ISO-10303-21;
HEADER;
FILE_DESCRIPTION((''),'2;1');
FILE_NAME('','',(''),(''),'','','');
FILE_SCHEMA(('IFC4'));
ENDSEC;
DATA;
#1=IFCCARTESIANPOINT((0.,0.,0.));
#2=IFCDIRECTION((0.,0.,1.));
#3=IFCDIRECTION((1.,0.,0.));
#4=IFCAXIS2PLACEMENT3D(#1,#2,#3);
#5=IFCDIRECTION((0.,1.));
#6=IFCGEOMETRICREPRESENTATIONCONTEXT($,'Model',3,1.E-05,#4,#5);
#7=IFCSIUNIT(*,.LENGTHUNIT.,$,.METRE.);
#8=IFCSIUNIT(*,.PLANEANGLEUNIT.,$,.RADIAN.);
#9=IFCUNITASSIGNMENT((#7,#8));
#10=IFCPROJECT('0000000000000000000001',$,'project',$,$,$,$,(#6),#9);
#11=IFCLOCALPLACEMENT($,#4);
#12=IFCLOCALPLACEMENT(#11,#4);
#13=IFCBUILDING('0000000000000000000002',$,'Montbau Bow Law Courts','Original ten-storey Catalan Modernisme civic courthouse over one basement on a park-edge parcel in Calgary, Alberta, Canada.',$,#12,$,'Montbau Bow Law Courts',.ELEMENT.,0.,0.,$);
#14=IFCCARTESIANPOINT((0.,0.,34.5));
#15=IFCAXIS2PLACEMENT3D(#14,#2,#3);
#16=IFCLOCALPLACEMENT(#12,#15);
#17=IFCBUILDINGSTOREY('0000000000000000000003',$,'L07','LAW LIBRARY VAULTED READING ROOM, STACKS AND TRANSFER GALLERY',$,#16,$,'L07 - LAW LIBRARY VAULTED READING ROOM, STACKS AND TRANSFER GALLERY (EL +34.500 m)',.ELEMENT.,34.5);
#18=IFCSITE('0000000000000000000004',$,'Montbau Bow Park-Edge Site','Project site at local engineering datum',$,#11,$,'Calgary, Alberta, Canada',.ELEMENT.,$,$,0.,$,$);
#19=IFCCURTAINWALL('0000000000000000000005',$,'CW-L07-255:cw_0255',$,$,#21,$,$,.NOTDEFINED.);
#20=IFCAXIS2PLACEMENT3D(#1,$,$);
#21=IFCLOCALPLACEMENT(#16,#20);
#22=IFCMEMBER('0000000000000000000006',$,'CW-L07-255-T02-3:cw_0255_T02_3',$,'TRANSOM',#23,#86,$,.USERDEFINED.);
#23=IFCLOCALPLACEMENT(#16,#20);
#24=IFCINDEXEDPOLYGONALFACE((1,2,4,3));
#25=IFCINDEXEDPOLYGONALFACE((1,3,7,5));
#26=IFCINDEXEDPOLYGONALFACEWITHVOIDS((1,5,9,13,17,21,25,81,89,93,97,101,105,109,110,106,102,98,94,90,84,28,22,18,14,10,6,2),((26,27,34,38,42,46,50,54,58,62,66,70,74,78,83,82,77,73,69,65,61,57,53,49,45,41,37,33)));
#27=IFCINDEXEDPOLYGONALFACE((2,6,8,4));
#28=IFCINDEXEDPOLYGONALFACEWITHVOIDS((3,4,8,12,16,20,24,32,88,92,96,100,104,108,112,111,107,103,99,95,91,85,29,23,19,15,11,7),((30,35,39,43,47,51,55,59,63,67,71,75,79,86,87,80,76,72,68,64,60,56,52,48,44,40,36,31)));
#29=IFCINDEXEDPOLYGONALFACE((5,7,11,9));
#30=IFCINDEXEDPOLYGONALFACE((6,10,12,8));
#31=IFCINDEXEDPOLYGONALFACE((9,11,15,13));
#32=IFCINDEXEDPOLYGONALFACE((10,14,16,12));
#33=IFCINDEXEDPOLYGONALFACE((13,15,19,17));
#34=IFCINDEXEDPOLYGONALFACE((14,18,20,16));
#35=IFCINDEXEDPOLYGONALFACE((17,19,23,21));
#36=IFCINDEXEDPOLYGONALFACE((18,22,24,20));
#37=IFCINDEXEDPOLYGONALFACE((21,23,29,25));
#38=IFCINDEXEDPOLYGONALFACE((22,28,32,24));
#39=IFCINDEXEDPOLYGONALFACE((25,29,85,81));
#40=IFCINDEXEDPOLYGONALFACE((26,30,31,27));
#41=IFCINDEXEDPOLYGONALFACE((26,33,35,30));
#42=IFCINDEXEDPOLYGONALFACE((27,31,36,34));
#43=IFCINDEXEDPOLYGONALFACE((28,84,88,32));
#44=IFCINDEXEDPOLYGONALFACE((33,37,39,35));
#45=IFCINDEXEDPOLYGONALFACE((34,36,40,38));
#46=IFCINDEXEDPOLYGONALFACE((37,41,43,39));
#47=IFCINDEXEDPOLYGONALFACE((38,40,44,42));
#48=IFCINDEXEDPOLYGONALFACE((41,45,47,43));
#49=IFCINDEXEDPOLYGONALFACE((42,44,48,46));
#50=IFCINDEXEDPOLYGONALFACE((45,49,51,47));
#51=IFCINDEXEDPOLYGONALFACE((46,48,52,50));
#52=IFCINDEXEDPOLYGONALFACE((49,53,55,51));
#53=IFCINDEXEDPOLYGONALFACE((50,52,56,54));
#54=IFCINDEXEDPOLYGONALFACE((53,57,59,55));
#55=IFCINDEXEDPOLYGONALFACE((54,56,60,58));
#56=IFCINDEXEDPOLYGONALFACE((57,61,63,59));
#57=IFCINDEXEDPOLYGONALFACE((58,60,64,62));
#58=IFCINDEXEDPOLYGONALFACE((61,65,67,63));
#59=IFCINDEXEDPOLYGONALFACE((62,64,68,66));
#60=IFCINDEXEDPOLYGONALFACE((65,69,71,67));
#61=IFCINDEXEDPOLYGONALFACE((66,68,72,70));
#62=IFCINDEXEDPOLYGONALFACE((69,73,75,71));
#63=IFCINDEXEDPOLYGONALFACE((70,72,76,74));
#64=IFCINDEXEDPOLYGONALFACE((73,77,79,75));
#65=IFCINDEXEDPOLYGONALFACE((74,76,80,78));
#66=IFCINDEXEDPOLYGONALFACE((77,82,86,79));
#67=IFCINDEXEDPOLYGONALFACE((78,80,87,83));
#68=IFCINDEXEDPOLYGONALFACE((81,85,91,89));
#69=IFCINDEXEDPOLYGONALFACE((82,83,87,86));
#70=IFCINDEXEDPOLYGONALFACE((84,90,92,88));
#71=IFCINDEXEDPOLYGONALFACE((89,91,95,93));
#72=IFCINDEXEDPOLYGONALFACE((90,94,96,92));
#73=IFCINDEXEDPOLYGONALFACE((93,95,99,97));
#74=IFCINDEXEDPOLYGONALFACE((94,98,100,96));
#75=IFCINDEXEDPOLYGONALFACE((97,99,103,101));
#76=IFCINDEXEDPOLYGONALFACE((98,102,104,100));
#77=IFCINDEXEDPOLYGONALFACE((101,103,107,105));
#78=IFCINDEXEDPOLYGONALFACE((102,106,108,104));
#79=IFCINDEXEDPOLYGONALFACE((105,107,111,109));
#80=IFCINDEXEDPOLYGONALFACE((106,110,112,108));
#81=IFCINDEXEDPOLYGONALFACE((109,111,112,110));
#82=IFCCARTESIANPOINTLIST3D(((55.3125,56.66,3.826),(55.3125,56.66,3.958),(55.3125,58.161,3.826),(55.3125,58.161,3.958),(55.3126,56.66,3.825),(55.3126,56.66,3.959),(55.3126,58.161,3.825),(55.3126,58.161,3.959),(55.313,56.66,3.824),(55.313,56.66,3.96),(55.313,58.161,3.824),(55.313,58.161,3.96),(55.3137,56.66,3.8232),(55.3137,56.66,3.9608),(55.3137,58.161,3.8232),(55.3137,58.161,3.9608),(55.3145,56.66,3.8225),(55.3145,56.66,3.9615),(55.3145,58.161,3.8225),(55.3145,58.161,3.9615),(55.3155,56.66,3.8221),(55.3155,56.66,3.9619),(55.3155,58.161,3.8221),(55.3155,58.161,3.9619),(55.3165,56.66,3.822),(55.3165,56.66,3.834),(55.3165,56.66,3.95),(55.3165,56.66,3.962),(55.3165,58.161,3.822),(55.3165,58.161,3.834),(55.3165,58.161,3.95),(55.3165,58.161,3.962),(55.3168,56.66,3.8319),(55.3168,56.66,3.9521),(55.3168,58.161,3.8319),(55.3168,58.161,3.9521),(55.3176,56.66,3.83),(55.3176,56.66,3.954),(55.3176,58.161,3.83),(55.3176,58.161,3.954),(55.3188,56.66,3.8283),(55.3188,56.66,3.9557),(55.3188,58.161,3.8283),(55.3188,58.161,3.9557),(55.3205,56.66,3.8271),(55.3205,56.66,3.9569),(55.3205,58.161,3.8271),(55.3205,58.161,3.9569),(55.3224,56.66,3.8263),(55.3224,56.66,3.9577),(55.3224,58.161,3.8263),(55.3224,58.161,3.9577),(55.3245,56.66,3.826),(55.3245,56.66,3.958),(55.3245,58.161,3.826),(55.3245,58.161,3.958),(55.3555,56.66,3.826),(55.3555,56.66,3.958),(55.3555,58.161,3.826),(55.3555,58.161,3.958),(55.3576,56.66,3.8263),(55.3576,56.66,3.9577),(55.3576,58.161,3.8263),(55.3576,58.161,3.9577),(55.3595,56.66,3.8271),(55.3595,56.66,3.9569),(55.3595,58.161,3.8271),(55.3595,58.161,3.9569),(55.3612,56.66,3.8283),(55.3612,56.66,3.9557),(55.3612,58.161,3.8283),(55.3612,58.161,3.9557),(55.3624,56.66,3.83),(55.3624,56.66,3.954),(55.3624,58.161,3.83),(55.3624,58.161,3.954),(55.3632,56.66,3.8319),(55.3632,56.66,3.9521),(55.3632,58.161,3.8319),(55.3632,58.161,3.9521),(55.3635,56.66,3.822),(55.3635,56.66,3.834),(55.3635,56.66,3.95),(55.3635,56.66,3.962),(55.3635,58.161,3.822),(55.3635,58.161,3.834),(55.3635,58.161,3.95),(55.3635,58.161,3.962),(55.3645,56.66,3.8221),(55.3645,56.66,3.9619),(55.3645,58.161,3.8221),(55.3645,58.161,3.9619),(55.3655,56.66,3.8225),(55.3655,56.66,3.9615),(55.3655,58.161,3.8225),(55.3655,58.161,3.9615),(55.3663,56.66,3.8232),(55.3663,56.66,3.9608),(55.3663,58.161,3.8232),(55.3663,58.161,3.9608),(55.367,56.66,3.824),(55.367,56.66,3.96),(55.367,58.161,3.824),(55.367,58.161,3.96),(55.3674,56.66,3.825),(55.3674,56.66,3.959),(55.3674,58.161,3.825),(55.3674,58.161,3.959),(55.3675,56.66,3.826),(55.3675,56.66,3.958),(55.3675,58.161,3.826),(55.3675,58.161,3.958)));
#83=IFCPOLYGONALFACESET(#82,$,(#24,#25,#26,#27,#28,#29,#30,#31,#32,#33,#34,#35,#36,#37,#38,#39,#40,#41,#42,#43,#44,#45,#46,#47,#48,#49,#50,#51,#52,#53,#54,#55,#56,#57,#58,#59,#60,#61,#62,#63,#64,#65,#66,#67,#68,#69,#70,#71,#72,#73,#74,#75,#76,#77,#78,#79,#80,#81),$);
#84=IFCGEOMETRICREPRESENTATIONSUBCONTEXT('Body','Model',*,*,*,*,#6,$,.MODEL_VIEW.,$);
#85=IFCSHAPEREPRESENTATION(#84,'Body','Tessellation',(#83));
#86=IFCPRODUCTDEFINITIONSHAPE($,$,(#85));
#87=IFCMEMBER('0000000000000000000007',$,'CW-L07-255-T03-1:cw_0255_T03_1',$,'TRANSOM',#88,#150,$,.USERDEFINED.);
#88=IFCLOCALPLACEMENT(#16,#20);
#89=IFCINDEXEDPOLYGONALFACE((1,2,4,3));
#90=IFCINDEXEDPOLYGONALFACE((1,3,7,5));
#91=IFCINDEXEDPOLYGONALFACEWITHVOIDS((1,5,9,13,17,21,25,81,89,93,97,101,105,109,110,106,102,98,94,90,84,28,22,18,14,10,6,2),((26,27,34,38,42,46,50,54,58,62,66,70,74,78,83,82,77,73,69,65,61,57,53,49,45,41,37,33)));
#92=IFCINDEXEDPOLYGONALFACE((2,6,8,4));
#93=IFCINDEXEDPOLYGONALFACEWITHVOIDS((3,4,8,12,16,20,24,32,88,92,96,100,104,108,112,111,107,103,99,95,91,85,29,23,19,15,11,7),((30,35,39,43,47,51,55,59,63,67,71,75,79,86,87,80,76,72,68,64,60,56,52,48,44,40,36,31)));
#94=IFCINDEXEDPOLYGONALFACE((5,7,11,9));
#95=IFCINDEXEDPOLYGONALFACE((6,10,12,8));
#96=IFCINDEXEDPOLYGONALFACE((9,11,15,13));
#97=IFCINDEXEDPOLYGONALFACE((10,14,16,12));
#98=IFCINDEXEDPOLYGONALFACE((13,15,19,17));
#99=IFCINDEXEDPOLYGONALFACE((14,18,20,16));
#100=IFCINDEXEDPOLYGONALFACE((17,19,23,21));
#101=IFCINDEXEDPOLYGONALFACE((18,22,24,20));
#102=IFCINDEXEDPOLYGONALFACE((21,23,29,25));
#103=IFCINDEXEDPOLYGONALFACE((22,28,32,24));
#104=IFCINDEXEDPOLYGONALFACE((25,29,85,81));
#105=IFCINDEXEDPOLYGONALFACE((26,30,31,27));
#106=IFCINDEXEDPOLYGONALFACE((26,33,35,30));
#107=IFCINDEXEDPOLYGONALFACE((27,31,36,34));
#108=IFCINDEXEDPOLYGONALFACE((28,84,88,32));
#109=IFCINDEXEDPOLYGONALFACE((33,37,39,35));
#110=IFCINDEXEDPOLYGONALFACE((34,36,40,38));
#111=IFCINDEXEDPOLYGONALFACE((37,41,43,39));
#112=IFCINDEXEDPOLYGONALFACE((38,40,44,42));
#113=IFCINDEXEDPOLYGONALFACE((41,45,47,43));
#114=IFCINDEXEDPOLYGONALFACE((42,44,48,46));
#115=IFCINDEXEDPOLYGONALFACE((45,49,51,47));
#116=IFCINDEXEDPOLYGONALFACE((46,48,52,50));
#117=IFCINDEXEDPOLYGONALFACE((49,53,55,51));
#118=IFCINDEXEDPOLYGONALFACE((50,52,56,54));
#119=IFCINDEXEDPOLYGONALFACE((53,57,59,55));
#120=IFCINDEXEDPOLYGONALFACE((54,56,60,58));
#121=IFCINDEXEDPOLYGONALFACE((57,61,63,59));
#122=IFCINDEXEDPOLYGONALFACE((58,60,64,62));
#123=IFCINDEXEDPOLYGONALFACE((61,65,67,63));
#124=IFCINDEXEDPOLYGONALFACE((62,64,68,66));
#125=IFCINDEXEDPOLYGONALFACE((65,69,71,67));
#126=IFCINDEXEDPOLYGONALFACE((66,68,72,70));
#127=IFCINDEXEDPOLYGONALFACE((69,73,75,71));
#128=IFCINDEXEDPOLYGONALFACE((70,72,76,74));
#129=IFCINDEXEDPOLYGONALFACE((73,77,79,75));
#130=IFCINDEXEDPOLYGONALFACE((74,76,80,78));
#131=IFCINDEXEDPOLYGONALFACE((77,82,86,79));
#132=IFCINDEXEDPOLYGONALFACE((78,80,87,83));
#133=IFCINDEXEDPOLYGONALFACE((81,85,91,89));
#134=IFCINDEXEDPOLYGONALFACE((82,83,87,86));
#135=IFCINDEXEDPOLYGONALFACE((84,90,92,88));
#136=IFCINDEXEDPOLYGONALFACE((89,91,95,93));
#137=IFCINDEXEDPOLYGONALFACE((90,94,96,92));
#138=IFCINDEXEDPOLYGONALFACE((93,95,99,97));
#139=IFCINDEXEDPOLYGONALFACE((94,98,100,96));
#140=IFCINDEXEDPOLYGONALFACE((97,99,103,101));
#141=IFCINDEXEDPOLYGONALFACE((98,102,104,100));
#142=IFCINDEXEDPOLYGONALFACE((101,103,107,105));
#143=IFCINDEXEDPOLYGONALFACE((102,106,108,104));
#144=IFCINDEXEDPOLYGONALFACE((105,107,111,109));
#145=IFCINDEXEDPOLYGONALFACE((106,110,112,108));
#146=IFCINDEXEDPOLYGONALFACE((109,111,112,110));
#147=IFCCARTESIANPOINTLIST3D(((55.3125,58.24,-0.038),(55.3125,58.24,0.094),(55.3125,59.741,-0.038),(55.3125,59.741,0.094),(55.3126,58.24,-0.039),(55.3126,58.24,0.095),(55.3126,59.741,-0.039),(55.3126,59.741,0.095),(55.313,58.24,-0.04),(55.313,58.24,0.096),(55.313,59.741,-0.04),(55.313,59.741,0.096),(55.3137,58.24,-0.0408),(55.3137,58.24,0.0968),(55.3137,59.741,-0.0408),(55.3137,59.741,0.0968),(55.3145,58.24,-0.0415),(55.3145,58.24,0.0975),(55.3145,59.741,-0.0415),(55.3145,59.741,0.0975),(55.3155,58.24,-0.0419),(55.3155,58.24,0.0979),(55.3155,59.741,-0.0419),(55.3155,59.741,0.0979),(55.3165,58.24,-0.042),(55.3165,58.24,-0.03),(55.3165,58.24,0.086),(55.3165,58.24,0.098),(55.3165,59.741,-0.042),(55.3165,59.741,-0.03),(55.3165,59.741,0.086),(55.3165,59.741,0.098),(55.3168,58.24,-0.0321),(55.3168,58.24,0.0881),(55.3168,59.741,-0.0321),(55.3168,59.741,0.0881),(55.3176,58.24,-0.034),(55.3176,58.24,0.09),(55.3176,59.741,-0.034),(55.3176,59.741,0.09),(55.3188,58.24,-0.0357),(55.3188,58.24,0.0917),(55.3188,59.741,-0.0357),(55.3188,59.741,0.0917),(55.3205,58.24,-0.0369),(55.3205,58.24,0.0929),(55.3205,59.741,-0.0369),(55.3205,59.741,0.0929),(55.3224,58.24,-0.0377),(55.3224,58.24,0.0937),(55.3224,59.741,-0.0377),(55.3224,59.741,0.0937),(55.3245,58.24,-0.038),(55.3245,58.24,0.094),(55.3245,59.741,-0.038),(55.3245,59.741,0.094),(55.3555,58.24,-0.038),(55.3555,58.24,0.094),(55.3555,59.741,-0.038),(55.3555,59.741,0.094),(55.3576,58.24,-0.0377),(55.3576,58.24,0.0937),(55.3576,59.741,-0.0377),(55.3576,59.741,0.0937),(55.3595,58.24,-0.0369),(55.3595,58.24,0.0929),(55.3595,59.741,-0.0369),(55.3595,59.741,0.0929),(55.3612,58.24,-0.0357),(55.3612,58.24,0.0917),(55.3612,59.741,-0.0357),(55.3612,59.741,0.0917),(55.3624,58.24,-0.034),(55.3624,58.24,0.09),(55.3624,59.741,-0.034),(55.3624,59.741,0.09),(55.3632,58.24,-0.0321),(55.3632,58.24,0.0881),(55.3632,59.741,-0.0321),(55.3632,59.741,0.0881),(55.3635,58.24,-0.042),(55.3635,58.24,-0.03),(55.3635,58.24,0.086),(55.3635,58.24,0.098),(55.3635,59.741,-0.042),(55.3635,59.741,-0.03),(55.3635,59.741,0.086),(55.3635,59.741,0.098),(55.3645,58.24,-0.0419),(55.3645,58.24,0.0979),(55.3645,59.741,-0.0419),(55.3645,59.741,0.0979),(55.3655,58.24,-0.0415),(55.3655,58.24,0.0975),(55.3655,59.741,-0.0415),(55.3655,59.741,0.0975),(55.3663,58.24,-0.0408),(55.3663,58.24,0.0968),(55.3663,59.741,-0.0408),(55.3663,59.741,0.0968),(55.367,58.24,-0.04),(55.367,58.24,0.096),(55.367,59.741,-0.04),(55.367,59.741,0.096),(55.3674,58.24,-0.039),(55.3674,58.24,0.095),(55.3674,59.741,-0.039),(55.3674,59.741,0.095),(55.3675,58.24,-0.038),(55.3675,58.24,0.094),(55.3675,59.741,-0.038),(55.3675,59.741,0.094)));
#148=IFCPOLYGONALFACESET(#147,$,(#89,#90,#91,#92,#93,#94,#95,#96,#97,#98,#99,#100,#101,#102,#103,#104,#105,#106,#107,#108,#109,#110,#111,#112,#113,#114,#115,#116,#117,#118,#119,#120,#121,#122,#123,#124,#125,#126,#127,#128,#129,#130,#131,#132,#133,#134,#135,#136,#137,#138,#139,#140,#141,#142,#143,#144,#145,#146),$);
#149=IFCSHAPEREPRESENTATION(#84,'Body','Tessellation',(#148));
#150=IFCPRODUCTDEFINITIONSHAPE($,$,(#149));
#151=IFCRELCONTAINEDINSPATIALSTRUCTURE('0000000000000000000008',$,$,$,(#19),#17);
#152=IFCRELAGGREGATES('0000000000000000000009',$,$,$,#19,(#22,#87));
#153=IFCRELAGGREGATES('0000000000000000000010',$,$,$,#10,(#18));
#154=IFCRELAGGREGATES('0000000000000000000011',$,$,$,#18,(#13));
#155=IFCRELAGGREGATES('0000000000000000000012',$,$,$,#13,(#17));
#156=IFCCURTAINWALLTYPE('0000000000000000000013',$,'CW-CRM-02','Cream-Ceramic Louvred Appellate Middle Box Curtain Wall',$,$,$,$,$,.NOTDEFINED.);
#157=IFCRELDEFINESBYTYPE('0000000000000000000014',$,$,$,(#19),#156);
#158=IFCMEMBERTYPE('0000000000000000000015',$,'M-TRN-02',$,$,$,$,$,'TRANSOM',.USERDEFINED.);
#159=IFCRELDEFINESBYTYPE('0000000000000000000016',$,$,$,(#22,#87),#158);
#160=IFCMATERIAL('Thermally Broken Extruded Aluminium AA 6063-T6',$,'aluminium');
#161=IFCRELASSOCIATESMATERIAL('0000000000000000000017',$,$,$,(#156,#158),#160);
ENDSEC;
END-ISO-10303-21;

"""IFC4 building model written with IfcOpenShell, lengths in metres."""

from ifc_helpers import new_model, si_unit, direction, frame, origin_with_axes, origin_2d_with_axis, place, context, subcontext, project, spatial, hollow_rectangle, extrude, material, material_profile, profile_set, type_object, element, aggregate, save


model = new_model("IFC4")

# Units and contexts
model_context = context("Model", 3, precision=1e-05, world=origin_with_axes(), true_north=direction((0.0, 1.0)))
body_context = subcontext(model_context, "Body", "Model", "MODEL_VIEW")
ifc_project = project(units=[si_unit("LENGTHUNIT", "METRE"), si_unit("PLANEANGLEUNIT", "RADIAN")], contexts=[model_context])

# Site, building, storey
site_placement = place(None, origin_with_axes())
site = spatial("IfcSite", under=ifc_project, at=site_placement, Name="Montbau Bow Park-Edge Site", Description="Project site at local engineering datum", LongName="Calgary, Alberta, Canada", CompositionType="ELEMENT", RefElevation=0.0)
building_placement = place(site_placement, origin_with_axes())
building = spatial("IfcBuilding", under=site, at=building_placement, Name="Montbau Bow Law Courts", Description="Original ten-storey Catalan Modernisme civic courthouse over one basement on a park-edge parcel in Calgary, Alberta, Canada.", LongName="Montbau Bow Law Courts", CompositionType="ELEMENT", ElevationOfRefHeight=0.0, ElevationOfTerrain=0.0)
storey_placement = place(building_placement, frame((0.0, 0.0, 34.5), z_axis=(0.0, 0.0, 1.0), x_axis=(1.0, 0.0, 0.0)))
storey = spatial("IfcBuildingStorey", under=building, at=storey_placement, Name="L07", Description="LAW LIBRARY VAULTED READING ROOM, STACKS AND TRANSFER GALLERY", LongName="L07 - LAW LIBRARY VAULTED READING ROOM, STACKS AND TRANSFER GALLERY (EL +34.500 m)", CompositionType="ELEMENT", Elevation=34.5)

# Curtain wall
ifc_material_1 = material(Name="Thermally Broken Extruded Aluminium AA 6063-T6", Category="aluminium")
curtain_wall_type = type_object("IfcCurtainWallType", Name="CW-CRM-02", Description="Cream-Ceramic Louvred Appellate Middle Box Curtain Wall", PredefinedType="NOTDEFINED", material=ifc_material_1)
curtain_wall_1_placement = place(None, frame((55.34, 55.04, 34.5), z_axis=(0.0, 0.0, 1.0), x_axis=(1.0, 0.0, 0.0)))
curtain_wall_1 = element("IfcCurtainWall", 1, at=curtain_wall_1_placement, inside=storey, type_object=curtain_wall_type, Name="CW-L07-255:cw_0255", PredefinedType="NOTDEFINED")
ifc_material_profile_1 = material_profile(ifc_material_1, hollow_rectangle(XDim=0.055, YDim=0.14, WallThickness=0.004, InnerFilletRadius=0.008, OuterFilletRadius=0.004, at=origin_2d_with_axis()), Name="CWT-140X55", Category="Main", Priority=0)
ifc_profile_set_1 = profile_set([ifc_material_profile_1], Name="Thermally Broken Extruded Aluminium AA 6063-T6")
member_type_1 = type_object("IfcMemberType", Name="M-TRN-02", ElementType="TRANSOM", PredefinedType="USERDEFINED", material=ifc_profile_set_1)

# Members
member_1_placement = place(None, frame((55.34, 56.66, 38.392), z_axis=(0.0, 1.0, 0.0), x_axis=(-1.0, 0.0, 0.0)))
member_1 = element("IfcMember", 2, at=member_1_placement, type_object=member_type_1, Name="CW-L07-255-T02-3:cw_0255_T02_3", ObjectType="TRANSOM", PredefinedType="USERDEFINED", context=body_context, shape_type="SweptSolid", body=[
    extrude(hollow_rectangle(XDim=0.055, YDim=0.14, WallThickness=0.004, InnerFilletRadius=0.008, OuterFilletRadius=0.004, at=origin_2d_with_axis()), origin_with_axes(), (0.0, 0.0, 1.0), 1.501),
])
member_2_placement = place(None, frame((55.34, 58.24, 34.528), z_axis=(0.0, 1.0, 0.0), x_axis=(-1.0, 0.0, 0.0)))
member_2 = element("IfcMember", 3, at=member_2_placement, type_object=member_type_1, Name="CW-L07-255-T03-1:cw_0255_T03_1", ObjectType="TRANSOM", PredefinedType="USERDEFINED", context=body_context, shape_type="SweptSolid", body=[
    extrude(hollow_rectangle(XDim=0.055, YDim=0.14, WallThickness=0.004, InnerFilletRadius=0.008, OuterFilletRadius=0.004, at=origin_2d_with_axis()), origin_with_axes(), (0.0, 0.0, 1.0), 1.501),
])

aggregate(curtain_wall_1, [member_1, member_2])

save(model, "model.ifc")
